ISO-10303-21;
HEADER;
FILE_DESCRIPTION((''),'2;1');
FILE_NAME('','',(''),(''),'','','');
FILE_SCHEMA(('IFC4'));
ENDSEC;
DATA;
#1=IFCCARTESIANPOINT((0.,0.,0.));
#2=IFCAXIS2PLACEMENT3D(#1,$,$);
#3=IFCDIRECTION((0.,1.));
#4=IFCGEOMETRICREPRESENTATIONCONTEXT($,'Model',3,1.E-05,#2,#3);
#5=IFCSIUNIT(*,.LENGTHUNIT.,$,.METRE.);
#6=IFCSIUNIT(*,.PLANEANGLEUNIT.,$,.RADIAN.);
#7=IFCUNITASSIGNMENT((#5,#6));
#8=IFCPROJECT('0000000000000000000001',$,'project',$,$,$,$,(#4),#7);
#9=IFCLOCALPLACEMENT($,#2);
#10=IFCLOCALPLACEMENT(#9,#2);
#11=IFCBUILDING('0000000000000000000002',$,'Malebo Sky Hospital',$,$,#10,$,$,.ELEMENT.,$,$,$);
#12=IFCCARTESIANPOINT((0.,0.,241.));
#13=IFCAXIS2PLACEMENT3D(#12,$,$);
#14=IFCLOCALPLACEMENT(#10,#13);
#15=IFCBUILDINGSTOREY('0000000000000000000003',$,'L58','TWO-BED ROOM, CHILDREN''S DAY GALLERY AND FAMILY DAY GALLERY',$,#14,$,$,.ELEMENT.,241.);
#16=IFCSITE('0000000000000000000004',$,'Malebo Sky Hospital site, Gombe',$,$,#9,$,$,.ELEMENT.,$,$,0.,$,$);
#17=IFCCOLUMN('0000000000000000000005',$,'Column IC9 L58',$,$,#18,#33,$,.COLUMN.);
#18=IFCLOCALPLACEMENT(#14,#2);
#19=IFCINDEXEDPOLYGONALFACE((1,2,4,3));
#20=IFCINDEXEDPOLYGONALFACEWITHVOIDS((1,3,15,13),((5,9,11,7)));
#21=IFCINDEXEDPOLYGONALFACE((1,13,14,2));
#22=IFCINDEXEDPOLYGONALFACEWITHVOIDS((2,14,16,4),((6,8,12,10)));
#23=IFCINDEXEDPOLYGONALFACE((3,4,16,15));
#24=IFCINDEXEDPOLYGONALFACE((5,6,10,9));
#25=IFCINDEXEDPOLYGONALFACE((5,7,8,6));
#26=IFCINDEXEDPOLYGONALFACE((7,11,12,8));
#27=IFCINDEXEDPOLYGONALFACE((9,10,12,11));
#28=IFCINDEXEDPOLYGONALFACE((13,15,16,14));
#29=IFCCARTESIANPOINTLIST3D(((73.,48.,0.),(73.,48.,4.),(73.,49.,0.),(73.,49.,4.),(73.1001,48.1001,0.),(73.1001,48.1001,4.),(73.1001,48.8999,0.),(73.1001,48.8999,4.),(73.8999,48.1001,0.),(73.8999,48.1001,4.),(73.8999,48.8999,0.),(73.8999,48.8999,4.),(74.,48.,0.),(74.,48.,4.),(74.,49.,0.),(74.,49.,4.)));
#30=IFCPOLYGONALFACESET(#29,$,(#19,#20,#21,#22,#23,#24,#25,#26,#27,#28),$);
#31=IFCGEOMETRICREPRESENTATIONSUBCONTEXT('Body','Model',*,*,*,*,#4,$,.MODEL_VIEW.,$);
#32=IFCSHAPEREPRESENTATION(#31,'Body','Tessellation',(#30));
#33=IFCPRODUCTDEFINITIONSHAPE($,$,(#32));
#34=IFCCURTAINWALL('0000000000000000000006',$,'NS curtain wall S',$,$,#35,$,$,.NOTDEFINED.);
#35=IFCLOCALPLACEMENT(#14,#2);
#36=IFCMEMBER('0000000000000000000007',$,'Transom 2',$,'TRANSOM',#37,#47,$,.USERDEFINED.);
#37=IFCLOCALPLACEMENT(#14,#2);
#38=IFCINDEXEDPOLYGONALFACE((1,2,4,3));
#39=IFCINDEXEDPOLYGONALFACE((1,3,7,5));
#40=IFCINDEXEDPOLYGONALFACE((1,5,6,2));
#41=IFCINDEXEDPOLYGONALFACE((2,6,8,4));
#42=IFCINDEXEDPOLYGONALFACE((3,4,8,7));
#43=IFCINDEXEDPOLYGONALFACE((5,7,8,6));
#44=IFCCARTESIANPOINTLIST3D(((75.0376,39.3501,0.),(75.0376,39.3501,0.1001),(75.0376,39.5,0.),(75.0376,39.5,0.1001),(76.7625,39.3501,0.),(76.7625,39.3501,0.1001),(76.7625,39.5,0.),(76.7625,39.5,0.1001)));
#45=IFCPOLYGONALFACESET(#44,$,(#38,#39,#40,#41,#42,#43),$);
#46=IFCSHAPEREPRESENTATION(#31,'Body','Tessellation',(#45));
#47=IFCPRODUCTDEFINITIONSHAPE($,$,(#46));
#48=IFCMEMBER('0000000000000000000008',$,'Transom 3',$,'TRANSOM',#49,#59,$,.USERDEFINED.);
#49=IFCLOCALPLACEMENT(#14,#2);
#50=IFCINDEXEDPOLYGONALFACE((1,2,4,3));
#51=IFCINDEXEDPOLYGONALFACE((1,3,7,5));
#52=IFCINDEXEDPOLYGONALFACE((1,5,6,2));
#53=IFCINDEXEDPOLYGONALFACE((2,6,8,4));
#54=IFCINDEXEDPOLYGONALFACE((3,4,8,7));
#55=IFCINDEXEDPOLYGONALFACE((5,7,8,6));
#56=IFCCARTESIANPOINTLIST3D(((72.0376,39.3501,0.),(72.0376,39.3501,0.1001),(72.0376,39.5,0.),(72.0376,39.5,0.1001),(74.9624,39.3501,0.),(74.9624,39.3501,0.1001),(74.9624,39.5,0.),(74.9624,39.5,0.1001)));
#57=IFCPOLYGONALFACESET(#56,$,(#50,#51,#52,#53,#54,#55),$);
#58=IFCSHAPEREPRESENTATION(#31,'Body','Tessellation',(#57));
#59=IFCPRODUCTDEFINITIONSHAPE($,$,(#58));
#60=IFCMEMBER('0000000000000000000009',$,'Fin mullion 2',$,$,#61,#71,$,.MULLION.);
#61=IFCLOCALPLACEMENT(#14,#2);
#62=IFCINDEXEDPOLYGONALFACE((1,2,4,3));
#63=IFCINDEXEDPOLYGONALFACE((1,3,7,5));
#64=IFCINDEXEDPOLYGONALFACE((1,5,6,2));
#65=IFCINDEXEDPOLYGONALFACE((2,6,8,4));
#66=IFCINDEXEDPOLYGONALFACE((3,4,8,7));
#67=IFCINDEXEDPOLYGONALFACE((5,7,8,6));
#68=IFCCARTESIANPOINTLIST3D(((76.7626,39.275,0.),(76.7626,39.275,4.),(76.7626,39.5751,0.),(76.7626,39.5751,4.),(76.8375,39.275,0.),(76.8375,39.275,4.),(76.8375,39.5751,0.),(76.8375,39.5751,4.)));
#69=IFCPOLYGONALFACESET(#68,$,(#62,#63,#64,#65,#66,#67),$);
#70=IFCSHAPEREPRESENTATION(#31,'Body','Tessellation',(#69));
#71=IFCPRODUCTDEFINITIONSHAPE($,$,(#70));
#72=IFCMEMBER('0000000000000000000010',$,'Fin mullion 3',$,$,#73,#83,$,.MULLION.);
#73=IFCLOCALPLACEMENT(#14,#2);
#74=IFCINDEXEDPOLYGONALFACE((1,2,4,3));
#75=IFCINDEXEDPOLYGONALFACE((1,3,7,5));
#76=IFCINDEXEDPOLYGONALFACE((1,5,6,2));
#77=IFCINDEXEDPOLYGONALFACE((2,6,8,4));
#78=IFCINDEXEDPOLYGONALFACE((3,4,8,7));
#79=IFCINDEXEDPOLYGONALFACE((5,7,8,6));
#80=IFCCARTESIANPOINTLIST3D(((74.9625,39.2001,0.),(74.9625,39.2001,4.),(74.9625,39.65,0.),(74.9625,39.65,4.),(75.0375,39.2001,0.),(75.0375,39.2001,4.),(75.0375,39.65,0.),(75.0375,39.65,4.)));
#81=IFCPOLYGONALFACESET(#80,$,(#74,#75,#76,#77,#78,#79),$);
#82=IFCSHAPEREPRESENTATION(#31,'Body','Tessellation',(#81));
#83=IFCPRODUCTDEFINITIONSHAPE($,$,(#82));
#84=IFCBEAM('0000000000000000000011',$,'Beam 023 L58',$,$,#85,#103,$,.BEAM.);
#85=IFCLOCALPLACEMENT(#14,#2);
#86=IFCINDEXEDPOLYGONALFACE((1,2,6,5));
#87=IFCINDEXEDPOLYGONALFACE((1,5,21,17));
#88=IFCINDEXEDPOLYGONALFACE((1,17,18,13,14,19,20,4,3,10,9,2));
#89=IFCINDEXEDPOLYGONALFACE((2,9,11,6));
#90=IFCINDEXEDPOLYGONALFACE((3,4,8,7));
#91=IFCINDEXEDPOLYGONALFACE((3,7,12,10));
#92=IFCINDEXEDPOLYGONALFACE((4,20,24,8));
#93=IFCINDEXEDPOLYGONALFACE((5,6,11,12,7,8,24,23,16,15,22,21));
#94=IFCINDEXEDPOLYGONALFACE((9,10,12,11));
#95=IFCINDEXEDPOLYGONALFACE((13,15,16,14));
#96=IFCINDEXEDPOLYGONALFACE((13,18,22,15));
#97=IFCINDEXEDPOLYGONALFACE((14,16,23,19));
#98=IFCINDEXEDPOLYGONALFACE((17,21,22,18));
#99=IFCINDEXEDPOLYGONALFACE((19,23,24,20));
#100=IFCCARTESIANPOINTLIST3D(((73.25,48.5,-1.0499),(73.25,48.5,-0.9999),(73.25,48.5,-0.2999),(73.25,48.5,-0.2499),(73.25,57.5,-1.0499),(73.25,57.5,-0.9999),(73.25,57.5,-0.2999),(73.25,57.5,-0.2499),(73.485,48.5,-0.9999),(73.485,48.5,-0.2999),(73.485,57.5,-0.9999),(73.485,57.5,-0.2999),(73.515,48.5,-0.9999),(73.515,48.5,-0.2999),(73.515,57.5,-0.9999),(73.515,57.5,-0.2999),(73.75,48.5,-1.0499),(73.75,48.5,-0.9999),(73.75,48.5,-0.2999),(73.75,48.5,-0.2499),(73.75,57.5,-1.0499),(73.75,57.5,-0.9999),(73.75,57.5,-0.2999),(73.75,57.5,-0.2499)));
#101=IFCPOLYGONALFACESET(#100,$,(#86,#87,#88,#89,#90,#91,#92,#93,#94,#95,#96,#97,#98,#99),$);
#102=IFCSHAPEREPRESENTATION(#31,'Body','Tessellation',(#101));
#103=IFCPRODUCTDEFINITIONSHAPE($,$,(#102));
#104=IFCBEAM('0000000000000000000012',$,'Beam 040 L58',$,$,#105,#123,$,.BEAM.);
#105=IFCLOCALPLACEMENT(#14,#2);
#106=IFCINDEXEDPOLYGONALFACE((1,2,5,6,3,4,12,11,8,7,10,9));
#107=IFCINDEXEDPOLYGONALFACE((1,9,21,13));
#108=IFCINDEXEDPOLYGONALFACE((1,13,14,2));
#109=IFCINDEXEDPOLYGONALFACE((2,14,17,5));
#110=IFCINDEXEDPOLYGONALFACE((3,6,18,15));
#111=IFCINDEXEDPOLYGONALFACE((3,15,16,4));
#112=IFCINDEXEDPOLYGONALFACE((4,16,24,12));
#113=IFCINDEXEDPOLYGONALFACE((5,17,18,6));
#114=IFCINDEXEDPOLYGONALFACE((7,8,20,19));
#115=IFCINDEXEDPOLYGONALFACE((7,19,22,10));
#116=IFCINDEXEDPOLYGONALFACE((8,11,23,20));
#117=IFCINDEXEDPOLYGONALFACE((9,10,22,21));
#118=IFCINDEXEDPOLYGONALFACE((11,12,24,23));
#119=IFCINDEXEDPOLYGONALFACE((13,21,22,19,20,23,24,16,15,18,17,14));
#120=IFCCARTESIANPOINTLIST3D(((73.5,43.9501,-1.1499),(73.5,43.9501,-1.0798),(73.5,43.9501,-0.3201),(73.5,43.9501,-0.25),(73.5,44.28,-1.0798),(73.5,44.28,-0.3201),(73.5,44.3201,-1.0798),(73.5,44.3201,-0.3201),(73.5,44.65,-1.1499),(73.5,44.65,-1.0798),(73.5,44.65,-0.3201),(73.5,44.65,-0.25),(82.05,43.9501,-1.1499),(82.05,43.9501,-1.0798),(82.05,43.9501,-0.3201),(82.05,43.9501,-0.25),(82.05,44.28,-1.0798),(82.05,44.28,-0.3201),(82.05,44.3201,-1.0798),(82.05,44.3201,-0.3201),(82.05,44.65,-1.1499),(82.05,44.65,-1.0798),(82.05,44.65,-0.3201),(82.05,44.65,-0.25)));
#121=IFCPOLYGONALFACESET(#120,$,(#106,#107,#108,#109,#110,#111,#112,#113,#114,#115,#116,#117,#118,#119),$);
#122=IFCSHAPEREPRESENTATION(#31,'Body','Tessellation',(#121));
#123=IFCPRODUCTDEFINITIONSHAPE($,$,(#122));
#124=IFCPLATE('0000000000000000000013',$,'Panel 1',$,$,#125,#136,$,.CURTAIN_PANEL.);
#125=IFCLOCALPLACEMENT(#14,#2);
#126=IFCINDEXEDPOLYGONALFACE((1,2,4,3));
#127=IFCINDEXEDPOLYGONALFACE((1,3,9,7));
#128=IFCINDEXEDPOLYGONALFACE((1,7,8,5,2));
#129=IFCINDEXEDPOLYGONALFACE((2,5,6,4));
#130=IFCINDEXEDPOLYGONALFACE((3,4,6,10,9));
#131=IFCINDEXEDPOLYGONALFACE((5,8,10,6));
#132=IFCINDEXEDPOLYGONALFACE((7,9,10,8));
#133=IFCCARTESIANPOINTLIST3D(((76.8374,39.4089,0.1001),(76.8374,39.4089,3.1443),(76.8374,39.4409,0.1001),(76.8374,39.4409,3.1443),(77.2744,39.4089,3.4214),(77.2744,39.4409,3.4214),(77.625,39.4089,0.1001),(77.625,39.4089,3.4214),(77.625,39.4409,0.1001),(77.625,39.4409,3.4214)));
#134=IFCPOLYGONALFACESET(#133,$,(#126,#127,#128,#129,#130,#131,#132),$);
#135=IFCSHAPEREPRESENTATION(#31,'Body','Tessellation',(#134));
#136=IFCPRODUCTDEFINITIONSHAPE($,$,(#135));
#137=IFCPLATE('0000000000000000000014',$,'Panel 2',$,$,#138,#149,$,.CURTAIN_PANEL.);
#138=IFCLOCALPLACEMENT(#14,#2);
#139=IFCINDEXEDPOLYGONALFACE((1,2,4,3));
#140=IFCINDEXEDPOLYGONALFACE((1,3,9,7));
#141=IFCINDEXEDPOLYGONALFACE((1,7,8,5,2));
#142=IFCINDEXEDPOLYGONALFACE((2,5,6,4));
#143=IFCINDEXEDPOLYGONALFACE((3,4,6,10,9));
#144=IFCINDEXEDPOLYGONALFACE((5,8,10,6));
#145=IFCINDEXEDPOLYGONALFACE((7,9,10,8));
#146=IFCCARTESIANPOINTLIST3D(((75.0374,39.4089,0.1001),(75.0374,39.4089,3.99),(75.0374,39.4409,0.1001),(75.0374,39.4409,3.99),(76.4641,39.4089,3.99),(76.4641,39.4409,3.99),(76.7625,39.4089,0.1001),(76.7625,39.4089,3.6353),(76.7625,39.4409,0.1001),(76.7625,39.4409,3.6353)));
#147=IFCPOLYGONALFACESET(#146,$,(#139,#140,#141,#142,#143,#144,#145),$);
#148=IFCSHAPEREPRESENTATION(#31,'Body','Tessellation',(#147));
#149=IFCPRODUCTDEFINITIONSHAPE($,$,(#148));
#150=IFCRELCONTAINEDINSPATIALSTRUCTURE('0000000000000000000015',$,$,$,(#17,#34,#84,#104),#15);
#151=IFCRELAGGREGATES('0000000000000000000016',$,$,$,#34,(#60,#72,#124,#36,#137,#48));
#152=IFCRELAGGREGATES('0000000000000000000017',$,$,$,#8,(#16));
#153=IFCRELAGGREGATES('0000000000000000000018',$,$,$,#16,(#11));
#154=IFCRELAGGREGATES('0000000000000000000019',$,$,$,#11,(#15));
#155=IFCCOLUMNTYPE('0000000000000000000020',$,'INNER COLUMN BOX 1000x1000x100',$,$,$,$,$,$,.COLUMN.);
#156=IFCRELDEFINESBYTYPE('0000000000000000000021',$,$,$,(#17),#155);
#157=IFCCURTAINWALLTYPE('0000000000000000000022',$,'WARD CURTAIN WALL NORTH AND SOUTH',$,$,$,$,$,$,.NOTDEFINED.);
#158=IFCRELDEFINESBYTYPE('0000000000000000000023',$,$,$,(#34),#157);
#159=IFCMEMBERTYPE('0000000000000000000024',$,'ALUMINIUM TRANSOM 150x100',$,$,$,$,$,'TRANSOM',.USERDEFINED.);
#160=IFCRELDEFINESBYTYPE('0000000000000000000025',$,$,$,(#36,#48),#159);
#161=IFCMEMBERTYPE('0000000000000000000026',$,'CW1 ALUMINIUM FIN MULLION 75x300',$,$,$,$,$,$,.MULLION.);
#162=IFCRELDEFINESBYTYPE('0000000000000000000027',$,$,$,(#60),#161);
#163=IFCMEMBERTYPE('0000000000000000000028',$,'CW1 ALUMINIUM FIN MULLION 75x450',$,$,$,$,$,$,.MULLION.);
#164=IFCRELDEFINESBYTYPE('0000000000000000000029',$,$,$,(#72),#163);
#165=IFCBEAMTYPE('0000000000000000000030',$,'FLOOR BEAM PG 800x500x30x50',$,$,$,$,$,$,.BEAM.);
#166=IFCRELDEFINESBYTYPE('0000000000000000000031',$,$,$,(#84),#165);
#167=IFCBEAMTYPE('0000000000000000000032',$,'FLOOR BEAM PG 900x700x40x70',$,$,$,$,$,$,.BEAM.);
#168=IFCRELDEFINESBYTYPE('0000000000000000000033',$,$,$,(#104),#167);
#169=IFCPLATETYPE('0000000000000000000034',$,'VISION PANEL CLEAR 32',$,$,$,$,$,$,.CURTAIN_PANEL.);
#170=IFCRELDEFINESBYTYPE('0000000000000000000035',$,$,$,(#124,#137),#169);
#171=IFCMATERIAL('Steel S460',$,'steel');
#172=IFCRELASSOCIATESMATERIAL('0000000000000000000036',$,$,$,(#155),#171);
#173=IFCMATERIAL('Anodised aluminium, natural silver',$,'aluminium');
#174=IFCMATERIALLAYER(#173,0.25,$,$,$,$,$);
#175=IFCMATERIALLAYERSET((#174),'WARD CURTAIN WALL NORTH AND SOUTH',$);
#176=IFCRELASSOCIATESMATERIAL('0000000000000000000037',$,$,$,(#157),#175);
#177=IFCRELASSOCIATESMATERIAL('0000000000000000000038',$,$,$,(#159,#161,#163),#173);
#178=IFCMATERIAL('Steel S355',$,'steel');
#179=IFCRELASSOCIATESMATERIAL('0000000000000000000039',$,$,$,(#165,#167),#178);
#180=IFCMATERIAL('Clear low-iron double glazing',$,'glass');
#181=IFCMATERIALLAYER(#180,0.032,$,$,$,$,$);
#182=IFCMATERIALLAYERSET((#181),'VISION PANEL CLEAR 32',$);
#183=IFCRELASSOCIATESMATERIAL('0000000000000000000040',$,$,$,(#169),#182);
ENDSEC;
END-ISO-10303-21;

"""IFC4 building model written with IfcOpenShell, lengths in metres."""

from ifc_helpers import new_model, si_unit, direction, frame, origin, origin_2d, place, context, subcontext, project, spatial, polyline, rectangle, hollow_rectangle, i_section, outline, extrude, material, layer, layer_set, material_profile, profile_set, type_object, element, aggregate, save


model = new_model("IFC4")

# Units and contexts
model_context = context("Model", 3, precision=1e-05, world=origin(), true_north=direction((0.0, 1.0)))
body_context = subcontext(model_context, "Body", "Model", "MODEL_VIEW")
ifc_project = project(units=[si_unit("LENGTHUNIT", "METRE"), si_unit("PLANEANGLEUNIT", "RADIAN")], contexts=[model_context])

# Site, building, storey
site_placement = place(None, origin())
site = spatial("IfcSite", under=ifc_project, at=site_placement, Name="Malebo Sky Hospital site, Gombe", CompositionType="ELEMENT", RefElevation=0.0)
building_placement = place(site_placement, origin())
building = spatial("IfcBuilding", under=site, at=building_placement, Name="Malebo Sky Hospital", CompositionType="ELEMENT")
storey_placement = place(building_placement, frame((0.0, 0.0, 241.0)))
storey = spatial("IfcBuildingStorey", under=building, at=storey_placement, Name="L58", Description="TWO-BED ROOM, CHILDREN'S DAY GALLERY AND FAMILY DAY GALLERY", CompositionType="ELEMENT", Elevation=241.0)

# Column
ifc_material_1 = material(Name="Steel S460", Category="steel")
ifc_material_profile_1 = material_profile(ifc_material_1, hollow_rectangle(XDim=1.0, YDim=1.0, WallThickness=0.1001, at=origin_2d()), Name="BOX 1000x1000x100")
ifc_profile_set_1 = profile_set([ifc_material_profile_1], Name="Steel S460")
column_type = type_object("IfcColumnType", Name="INNER COLUMN BOX 1000x1000x100", PredefinedType="COLUMN", material=ifc_profile_set_1)
column_placement = place(storey_placement, frame((73.5, 48.5, 0.0), z_axis=(0.0, 0.0, 1.0), x_axis=(1.0, 0.0, 0.0)))
element("IfcColumn", 1, at=column_placement, inside=storey, type_object=column_type, Name="Column IC9 L58", PredefinedType="COLUMN", context=body_context, shape_type="SweptSolid", body=[
    extrude(hollow_rectangle(XDim=1.0, YDim=1.0, WallThickness=0.1001, at=origin_2d()), origin(), (0.0, 0.0, 1.0), 4.0),
])

# Curtain wall, members
ifc_material_2 = material(Name="Anodised aluminium, natural silver", Category="aluminium")
ifc_layer_1 = layer(ifc_material_2, 0.25)
ifc_layer_set_1 = layer_set([ifc_layer_1], Name="WARD CURTAIN WALL NORTH AND SOUTH")
curtain_wall_type = type_object("IfcCurtainWallType", Name="WARD CURTAIN WALL NORTH AND SOUTH", PredefinedType="NOTDEFINED", material=ifc_layer_set_1)
curtain_wall_placement = place(storey_placement, origin())
curtain_wall = element("IfcCurtainWall", 2, at=curtain_wall_placement, inside=storey, type_object=curtain_wall_type, Name="NS curtain wall S", PredefinedType="NOTDEFINED")
ifc_material_profile_2 = material_profile(ifc_material_2, rectangle(XDim=0.1499, YDim=0.1001, at=origin_2d()), Name="ALUMINIUM TRANSOM 150x100")
ifc_profile_set_2 = profile_set([ifc_material_profile_2], Name="Anodised aluminium, natural silver")
member_type_1 = type_object("IfcMemberType", Name="ALUMINIUM TRANSOM 150x100", ElementType="TRANSOM", PredefinedType="USERDEFINED", material=ifc_profile_set_2)
member_1_placement = place(storey_placement, frame((76.7625, 39.425, 0.05), z_axis=(-1.0, 0.0, 0.0), x_axis=(0.0, -1.0, 0.0)))
member_1 = element("IfcMember", 3, at=member_1_placement, type_object=member_type_1, Name="Transom 2", ObjectType="TRANSOM", PredefinedType="USERDEFINED", context=body_context, shape_type="SweptSolid", body=[
    extrude(rectangle(XDim=0.1499, YDim=0.1001, at=origin_2d()), origin(), (0.0, 0.0, 1.0), 1.7249),
])
member_2_placement = place(storey_placement, frame((74.9624, 39.425, 0.05), z_axis=(-1.0, 0.0, 0.0), x_axis=(0.0, -1.0, 0.0)))
member_2 = element("IfcMember", 4, at=member_2_placement, type_object=member_type_1, Name="Transom 3", ObjectType="TRANSOM", PredefinedType="USERDEFINED", context=body_context, shape_type="SweptSolid", body=[
    extrude(rectangle(XDim=0.1499, YDim=0.1001, at=origin_2d()), origin(), (0.0, 0.0, 1.0), 2.9248),
])
ifc_material_profile_3 = material_profile(ifc_material_2, rectangle(XDim=0.075, YDim=0.3, at=origin_2d()), Name="CW1 ALUMINIUM FIN MULLION 75x300")
ifc_profile_set_3 = profile_set([ifc_material_profile_3], Name="Anodised aluminium, natural silver")
member_type_2 = type_object("IfcMemberType", Name="CW1 ALUMINIUM FIN MULLION 75x300", PredefinedType="MULLION", material=ifc_profile_set_3)
member_3_placement = place(storey_placement, frame((76.8, 39.425, 0.0), z_axis=(0.0, 0.0, 1.0), x_axis=(-1.0, 0.0, 0.0)))
member_3 = element("IfcMember", 5, at=member_3_placement, type_object=member_type_2, Name="Fin mullion 2", PredefinedType="MULLION", context=body_context, shape_type="SweptSolid", body=[
    extrude(rectangle(XDim=0.075, YDim=0.3, at=origin_2d()), origin(), (0.0, 0.0, 1.0), 4.0),
])
ifc_material_profile_4 = material_profile(ifc_material_2, rectangle(XDim=0.075, YDim=0.45, at=origin_2d()), Name="CW1 ALUMINIUM FIN MULLION 75x450")
ifc_profile_set_4 = profile_set([ifc_material_profile_4], Name="Anodised aluminium, natural silver")
member_type_3 = type_object("IfcMemberType", Name="CW1 ALUMINIUM FIN MULLION 75x450", PredefinedType="MULLION", material=ifc_profile_set_4)
member_4_placement = place(storey_placement, frame((75.0, 39.425, 0.0), z_axis=(0.0, 0.0, 1.0), x_axis=(-1.0, 0.0, 0.0)))
member_4 = element("IfcMember", 6, at=member_4_placement, type_object=member_type_3, Name="Fin mullion 3", PredefinedType="MULLION", context=body_context, shape_type="SweptSolid", body=[
    extrude(rectangle(XDim=0.075, YDim=0.45, at=origin_2d()), origin(), (0.0, 0.0, 1.0), 4.0),
])

# Beams
ifc_material_3 = material(Name="Steel S355", Category="steel")
ifc_material_profile_5 = material_profile(ifc_material_3, i_section(OverallWidth=0.5, OverallDepth=0.8, WebThickness=0.03, FlangeThickness=0.05, at=origin_2d()), Name="PG 800x500x30x50")
ifc_profile_set_5 = profile_set([ifc_material_profile_5], Name="Steel S355")
beam_type_1 = type_object("IfcBeamType", Name="FLOOR BEAM PG 800x500x30x50", PredefinedType="BEAM", material=ifc_profile_set_5)
beam_1_placement = place(storey_placement, frame((73.5, 48.5, -0.6499), z_axis=(0.0, 1.0, 0.0), x_axis=(-1.0, 0.0, 0.0)))
element("IfcBeam", 7, at=beam_1_placement, inside=storey, type_object=beam_type_1, Name="Beam 023 L58", PredefinedType="BEAM", context=body_context, shape_type="SweptSolid", body=[
    extrude(i_section(OverallWidth=0.5, OverallDepth=0.8, WebThickness=0.03, FlangeThickness=0.05, at=origin_2d()), origin(), (0.0, 0.0, 1.0), 9.0),
])
ifc_material_profile_6 = material_profile(ifc_material_3, i_section(OverallWidth=0.7, OverallDepth=0.8999, WebThickness=0.04, FlangeThickness=0.0701, at=origin_2d()), Name="PG 900x700x40x70")
ifc_profile_set_6 = profile_set([ifc_material_profile_6], Name="Steel S355")
beam_type_2 = type_object("IfcBeamType", Name="FLOOR BEAM PG 900x700x40x70", PredefinedType="BEAM", material=ifc_profile_set_6)
beam_2_placement = place(storey_placement, frame((73.5, 44.3, -0.7), z_axis=(1.0, 0.0, 0.0), x_axis=(0.0, 1.0, 0.0)))
element("IfcBeam", 8, at=beam_2_placement, inside=storey, type_object=beam_type_2, Name="Beam 040 L58", PredefinedType="BEAM", context=body_context, shape_type="SweptSolid", body=[
    extrude(i_section(OverallWidth=0.7, OverallDepth=0.8999, WebThickness=0.04, FlangeThickness=0.0701, at=origin_2d()), origin(), (0.0, 0.0, 1.0), 8.55),
])

# Plates
ifc_material_4 = material(Name="Clear low-iron double glazing", Category="glass")
ifc_layer_2 = layer(ifc_material_4, 0.032)
ifc_layer_set_2 = layer_set([ifc_layer_2], Name="VISION PANEL CLEAR 32")
plate_type = type_object("IfcPlateType", Name="VISION PANEL CLEAR 32", PredefinedType="CURTAIN_PANEL", material=ifc_layer_set_2)
plate_1_placement = place(storey_placement, frame((77.2312, 39.425, 0.1001), z_axis=(0.0, 0.0, 1.0), x_axis=(-1.0, 0.0, 0.0)))
plate_1 = element("IfcPlate", 9, at=plate_1_placement, type_object=plate_type, Name="Panel 1", PredefinedType="CURTAIN_PANEL", context=body_context, shape_type="SweptSolid", body=[
    extrude(outline(polyline([(-0.3938, 0.0), (0.3938, 0.0), (0.3938, 3.0442), (-0.0432, 3.3213), (-0.3938, 3.3213), (-0.3938, 0.0)])), frame((0.0, 0.0161, 0.0), z_axis=(0.0, -1.0, 0.0), x_axis=(1.0, 0.0, 0.0)), (0.0, 0.0, 1.0), 0.032),
])
plate_2_placement = place(storey_placement, frame((75.8999, 39.425, 0.1001), z_axis=(0.0, 0.0, 1.0), x_axis=(-1.0, 0.0, 0.0)))
plate_2 = element("IfcPlate", 10, at=plate_2_placement, type_object=plate_type, Name="Panel 2", PredefinedType="CURTAIN_PANEL", context=body_context, shape_type="SweptSolid", body=[
    extrude(outline(polyline([(-0.8625, 0.0), (0.8625, 0.0), (0.8625, 3.8899), (-0.5642, 3.8899), (-0.8625, 3.5352), (-0.8625, 0.0)])), frame((0.0, 0.0161, 0.0), z_axis=(0.0, -1.0, 0.0), x_axis=(1.0, 0.0, 0.0)), (0.0, 0.0, 1.0), 0.032),
])
aggregate(curtain_wall, [member_3, member_4, plate_1, member_1, plate_2, member_2])

save(model, "model.ifc")
